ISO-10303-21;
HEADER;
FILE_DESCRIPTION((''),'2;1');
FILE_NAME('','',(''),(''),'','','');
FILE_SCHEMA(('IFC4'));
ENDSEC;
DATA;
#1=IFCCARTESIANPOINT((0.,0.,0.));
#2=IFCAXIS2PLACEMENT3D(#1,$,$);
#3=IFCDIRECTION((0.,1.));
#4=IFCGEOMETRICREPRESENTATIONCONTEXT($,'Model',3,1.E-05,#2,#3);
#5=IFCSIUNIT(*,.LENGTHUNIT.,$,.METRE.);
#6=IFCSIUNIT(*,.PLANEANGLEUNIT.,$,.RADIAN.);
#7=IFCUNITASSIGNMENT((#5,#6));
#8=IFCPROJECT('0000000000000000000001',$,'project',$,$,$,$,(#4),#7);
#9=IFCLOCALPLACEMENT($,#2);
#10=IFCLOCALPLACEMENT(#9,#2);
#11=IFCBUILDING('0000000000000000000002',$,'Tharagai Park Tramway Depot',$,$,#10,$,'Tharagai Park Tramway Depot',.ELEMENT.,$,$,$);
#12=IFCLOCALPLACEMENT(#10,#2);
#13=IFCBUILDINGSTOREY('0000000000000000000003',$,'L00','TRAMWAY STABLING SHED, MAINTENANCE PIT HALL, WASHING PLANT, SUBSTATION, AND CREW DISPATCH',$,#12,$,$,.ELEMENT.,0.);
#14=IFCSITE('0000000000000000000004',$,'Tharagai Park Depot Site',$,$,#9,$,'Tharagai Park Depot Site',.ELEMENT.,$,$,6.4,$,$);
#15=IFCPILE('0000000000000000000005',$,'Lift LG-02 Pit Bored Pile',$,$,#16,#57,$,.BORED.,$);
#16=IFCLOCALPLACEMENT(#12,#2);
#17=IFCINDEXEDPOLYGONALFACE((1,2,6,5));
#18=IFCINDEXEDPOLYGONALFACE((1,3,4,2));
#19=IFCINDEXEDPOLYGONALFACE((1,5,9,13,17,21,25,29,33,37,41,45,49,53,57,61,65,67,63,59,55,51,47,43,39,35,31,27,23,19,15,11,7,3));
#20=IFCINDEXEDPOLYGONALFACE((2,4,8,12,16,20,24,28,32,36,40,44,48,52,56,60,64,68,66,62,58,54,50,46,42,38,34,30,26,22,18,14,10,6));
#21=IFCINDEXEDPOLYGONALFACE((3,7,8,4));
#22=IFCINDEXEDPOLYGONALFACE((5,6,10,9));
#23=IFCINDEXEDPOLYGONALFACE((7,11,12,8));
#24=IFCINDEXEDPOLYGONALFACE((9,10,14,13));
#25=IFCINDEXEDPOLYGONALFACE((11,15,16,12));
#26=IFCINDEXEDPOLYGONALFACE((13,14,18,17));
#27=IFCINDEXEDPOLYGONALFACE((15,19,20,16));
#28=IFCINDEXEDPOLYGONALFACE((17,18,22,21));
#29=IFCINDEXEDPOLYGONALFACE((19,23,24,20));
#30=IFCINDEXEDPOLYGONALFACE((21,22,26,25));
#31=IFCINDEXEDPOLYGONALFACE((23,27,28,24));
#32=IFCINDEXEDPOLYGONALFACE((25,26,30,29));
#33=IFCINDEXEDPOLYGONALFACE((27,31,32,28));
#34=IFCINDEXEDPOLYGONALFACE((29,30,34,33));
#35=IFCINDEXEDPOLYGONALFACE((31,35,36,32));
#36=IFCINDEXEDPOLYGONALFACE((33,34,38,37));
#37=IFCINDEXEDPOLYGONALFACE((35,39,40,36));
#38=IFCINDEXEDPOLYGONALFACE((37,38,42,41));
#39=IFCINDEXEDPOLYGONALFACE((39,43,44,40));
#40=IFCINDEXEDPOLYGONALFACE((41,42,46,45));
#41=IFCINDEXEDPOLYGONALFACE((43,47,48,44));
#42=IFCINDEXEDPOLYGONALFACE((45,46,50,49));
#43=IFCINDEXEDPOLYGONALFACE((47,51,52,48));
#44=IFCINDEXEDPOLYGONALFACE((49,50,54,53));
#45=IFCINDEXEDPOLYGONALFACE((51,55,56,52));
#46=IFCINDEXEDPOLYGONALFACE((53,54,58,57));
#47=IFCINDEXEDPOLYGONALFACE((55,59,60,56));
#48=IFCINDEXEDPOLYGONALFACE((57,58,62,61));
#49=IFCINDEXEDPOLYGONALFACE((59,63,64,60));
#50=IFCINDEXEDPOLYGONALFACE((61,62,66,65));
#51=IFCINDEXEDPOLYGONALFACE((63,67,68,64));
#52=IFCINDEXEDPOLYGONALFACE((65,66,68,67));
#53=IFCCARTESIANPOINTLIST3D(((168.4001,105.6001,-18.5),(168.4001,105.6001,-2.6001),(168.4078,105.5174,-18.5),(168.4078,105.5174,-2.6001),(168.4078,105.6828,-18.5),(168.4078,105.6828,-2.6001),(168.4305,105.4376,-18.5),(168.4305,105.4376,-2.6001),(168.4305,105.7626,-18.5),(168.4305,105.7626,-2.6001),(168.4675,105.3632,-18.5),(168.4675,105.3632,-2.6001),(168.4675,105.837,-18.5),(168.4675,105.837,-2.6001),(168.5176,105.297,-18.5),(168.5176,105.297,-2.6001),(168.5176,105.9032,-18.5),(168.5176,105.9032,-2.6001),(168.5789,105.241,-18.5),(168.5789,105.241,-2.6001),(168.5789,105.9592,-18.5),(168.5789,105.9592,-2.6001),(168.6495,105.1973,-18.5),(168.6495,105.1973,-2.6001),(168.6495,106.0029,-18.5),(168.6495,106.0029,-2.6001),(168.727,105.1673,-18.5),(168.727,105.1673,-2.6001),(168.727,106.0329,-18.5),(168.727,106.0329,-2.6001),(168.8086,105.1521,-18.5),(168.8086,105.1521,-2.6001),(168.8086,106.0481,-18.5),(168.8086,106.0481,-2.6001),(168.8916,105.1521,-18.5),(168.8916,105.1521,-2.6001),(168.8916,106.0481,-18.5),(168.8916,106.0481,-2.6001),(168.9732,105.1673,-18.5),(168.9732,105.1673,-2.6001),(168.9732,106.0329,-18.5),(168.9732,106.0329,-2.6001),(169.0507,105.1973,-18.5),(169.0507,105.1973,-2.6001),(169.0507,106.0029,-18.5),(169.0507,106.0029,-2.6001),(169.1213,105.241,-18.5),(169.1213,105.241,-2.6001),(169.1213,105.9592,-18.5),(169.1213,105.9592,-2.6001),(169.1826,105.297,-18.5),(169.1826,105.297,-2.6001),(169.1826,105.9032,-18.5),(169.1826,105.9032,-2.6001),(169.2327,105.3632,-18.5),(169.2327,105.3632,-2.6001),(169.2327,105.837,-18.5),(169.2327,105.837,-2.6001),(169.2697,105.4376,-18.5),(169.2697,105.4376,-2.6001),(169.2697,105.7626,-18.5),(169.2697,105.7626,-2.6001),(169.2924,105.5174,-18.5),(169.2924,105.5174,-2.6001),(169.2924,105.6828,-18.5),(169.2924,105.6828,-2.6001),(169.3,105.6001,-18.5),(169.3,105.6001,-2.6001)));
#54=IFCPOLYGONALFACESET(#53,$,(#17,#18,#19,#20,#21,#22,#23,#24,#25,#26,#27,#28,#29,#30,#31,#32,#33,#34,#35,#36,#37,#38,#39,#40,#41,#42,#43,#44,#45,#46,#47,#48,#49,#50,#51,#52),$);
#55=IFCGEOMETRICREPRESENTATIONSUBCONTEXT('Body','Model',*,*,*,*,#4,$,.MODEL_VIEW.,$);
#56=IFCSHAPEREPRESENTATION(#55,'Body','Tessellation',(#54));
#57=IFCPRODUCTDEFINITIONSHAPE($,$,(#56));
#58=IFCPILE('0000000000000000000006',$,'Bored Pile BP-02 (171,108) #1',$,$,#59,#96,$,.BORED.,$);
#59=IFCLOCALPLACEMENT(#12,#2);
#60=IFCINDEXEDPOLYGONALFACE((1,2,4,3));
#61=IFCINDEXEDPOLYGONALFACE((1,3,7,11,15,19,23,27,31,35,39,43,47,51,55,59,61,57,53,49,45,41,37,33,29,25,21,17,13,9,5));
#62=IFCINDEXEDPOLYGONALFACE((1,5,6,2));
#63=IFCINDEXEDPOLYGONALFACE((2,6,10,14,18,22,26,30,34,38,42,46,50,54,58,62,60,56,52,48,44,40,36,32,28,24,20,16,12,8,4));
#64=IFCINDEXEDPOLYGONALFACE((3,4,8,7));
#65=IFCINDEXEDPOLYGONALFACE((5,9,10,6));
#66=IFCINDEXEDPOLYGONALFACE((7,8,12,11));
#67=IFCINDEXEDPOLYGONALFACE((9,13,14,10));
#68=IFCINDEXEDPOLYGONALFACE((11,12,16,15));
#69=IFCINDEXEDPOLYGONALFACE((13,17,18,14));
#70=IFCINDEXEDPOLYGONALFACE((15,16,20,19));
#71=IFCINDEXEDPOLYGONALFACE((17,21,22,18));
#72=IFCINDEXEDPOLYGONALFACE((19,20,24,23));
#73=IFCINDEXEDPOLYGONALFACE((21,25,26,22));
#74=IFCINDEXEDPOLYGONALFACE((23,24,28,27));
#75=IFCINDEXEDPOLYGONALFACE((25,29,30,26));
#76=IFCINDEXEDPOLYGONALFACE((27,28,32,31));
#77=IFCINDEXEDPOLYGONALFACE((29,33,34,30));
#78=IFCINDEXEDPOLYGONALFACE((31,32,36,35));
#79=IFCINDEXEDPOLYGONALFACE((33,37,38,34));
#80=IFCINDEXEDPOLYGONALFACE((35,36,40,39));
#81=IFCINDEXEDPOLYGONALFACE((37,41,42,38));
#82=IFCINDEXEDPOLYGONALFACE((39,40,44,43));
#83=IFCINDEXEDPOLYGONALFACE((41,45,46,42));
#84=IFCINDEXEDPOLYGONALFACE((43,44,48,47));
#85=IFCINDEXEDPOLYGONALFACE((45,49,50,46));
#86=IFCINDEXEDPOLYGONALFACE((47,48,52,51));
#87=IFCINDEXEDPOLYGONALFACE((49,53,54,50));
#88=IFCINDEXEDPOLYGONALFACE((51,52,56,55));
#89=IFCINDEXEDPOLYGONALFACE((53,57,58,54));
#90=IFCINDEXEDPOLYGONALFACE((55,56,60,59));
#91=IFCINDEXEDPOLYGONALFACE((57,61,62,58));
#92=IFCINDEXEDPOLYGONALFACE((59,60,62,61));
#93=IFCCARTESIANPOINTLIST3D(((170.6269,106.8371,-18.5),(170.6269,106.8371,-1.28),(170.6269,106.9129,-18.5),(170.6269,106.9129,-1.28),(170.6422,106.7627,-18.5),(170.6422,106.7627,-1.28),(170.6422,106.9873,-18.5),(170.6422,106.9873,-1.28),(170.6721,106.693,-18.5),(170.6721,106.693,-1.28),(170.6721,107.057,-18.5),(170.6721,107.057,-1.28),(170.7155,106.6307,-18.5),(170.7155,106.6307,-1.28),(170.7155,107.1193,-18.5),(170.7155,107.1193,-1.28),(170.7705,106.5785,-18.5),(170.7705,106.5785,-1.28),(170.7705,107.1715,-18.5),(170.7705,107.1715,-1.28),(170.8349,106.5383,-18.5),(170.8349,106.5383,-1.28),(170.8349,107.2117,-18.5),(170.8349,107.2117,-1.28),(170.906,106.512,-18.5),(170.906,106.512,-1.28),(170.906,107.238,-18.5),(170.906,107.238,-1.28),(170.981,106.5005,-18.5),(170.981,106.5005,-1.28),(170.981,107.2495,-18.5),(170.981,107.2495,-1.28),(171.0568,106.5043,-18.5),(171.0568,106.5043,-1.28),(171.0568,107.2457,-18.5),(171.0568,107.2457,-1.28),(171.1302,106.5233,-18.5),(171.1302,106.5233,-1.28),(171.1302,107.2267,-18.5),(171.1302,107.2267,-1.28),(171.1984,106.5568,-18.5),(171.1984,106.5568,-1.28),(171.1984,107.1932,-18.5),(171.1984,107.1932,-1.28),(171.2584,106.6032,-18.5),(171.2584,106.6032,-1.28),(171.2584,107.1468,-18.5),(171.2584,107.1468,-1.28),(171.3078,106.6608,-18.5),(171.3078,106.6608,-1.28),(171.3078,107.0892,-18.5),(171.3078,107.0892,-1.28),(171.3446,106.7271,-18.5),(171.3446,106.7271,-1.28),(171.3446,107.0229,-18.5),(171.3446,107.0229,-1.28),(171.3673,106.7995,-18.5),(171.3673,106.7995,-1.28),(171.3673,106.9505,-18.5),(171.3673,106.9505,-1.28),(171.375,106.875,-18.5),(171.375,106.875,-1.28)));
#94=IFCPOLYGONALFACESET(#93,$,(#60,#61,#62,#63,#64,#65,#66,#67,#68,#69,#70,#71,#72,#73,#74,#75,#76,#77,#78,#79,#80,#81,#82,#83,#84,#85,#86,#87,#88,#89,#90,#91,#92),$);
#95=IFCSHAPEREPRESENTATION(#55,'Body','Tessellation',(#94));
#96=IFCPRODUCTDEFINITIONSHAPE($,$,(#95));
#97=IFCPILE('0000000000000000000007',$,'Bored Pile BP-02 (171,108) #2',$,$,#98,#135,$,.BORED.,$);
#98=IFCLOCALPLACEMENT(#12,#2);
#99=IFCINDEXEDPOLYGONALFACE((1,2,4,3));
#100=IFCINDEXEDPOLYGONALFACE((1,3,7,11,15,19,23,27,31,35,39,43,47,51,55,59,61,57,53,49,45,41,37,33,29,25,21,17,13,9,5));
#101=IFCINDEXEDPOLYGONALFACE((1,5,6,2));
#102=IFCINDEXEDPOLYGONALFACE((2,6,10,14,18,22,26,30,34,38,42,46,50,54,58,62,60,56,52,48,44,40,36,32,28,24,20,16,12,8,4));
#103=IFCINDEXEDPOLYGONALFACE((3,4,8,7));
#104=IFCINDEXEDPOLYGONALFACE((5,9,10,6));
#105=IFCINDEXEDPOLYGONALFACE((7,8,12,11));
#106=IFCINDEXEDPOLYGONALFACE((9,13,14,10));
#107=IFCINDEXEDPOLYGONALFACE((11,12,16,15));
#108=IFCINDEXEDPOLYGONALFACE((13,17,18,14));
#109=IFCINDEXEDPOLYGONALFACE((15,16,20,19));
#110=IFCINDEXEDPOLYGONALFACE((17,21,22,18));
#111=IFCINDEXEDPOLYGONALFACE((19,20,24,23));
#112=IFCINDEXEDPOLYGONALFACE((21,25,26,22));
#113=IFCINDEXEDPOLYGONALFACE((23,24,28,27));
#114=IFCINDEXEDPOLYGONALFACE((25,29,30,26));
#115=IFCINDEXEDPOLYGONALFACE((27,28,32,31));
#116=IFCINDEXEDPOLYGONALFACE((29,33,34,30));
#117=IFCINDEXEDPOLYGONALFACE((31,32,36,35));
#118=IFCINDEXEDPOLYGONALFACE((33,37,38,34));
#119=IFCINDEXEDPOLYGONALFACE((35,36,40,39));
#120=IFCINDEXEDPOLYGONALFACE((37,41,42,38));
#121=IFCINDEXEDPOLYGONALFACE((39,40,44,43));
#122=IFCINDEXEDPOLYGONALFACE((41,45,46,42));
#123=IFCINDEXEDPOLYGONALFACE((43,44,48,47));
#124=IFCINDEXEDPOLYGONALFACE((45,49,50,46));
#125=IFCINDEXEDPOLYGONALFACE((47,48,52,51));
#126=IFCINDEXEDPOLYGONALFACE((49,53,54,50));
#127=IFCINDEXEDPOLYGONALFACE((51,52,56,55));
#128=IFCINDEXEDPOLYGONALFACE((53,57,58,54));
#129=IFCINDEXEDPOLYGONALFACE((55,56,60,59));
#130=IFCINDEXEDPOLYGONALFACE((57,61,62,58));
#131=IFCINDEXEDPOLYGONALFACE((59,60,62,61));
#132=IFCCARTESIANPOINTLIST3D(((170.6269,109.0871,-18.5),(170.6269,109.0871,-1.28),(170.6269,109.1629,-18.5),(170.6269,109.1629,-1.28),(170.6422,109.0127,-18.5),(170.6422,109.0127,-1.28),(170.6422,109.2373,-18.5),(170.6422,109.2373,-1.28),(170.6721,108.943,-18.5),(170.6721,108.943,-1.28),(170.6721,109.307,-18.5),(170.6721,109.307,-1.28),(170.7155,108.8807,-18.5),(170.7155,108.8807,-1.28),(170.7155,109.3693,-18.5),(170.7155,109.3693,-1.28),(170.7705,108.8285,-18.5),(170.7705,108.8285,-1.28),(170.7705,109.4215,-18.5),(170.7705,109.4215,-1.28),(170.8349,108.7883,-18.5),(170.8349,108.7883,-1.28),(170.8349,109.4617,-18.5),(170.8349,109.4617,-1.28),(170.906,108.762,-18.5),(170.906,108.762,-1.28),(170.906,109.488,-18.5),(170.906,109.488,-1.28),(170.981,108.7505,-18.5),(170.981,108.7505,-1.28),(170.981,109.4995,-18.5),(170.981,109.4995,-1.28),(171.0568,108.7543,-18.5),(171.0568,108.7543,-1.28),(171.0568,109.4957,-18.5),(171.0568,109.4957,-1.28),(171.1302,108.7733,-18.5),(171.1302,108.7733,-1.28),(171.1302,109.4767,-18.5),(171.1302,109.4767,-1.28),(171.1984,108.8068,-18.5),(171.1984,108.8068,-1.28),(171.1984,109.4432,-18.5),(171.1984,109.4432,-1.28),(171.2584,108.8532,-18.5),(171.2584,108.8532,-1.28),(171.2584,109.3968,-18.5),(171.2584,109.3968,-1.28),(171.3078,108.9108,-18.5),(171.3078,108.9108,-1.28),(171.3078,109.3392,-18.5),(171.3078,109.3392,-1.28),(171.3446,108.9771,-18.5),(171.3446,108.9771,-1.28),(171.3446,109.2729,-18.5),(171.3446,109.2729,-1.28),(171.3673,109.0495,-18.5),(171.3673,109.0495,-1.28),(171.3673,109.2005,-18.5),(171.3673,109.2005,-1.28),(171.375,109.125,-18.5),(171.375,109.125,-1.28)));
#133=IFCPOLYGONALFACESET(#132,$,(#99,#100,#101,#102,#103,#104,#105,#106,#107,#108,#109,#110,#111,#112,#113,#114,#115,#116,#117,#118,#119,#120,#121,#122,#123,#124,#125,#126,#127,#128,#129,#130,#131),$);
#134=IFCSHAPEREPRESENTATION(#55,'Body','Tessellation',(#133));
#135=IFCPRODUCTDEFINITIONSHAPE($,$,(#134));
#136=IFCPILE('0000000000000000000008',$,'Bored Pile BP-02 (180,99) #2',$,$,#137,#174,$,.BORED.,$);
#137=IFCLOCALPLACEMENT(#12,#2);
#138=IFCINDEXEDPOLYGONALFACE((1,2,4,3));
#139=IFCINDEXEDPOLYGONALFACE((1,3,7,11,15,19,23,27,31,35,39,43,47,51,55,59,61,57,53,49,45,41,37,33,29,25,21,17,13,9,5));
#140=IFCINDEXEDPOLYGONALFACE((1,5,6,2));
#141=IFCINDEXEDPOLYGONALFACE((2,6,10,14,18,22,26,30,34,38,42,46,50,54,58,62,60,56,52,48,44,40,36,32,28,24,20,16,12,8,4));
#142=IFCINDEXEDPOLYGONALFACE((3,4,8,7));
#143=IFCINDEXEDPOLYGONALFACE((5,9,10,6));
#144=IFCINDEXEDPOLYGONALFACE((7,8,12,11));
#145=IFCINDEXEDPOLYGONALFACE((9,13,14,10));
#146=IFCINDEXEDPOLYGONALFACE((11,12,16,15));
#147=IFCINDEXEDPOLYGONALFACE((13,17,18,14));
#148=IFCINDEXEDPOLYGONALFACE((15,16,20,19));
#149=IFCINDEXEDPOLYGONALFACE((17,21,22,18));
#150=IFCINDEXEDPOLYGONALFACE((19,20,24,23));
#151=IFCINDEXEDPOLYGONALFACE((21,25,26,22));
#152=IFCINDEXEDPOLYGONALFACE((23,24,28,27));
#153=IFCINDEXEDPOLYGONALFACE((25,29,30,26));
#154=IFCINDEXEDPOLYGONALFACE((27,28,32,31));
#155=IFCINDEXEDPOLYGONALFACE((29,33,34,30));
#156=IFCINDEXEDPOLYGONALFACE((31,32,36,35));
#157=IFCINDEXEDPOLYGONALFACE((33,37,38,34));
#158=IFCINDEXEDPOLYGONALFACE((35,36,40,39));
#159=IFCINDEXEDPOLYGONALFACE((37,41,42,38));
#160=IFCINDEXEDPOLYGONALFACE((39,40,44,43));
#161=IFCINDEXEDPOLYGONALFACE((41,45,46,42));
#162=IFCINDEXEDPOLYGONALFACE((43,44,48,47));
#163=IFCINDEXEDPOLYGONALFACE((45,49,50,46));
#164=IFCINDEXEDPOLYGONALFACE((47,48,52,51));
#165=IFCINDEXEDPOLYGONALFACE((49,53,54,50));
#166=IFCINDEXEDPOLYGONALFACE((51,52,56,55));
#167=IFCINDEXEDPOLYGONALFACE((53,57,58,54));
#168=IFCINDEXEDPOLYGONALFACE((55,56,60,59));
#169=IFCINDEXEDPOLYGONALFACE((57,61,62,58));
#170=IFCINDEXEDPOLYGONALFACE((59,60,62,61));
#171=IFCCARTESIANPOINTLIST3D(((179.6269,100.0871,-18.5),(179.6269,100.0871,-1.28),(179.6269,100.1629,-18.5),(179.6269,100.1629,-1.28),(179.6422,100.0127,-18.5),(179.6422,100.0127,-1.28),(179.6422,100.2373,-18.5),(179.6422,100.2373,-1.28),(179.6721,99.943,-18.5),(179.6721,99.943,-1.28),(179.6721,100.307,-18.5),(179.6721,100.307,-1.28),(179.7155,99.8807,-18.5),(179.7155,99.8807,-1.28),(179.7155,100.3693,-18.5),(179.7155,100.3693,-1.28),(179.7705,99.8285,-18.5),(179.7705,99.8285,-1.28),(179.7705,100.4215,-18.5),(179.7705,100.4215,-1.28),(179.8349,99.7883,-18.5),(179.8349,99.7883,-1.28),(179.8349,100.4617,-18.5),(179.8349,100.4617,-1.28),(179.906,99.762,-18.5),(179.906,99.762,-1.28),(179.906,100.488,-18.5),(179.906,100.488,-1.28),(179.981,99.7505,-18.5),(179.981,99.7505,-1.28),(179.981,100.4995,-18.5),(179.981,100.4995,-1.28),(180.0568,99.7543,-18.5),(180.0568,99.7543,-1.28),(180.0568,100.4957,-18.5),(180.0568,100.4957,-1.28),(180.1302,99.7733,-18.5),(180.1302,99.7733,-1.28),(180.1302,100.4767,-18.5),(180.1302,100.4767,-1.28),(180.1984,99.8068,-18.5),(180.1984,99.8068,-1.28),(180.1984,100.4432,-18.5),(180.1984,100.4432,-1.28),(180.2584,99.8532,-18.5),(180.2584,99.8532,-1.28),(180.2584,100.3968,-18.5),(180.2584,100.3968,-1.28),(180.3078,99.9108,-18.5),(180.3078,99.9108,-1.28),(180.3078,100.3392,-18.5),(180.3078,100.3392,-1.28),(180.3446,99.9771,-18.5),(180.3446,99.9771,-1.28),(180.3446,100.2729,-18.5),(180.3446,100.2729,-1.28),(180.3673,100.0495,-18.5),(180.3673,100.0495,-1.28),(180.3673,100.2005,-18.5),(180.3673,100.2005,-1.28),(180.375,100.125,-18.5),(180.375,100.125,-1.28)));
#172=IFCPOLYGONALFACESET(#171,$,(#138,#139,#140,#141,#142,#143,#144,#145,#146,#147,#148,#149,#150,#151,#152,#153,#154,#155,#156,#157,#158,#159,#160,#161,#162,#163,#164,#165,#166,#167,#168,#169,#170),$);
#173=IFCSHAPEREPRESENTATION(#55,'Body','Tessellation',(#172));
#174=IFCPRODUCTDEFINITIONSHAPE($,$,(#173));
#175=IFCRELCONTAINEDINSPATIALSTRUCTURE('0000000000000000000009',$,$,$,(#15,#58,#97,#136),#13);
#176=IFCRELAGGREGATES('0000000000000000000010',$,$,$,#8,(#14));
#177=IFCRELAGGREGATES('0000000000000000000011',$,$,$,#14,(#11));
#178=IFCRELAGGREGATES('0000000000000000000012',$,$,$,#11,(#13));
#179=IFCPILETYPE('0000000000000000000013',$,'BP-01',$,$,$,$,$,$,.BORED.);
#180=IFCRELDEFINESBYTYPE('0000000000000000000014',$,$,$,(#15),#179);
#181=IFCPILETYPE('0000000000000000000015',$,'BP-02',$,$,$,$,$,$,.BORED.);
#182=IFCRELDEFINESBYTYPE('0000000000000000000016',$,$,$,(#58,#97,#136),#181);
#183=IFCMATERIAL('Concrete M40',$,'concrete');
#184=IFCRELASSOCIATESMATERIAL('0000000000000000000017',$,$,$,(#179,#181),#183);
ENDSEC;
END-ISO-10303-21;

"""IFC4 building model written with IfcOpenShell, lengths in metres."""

from ifc_helpers import new_model, si_unit, direction, frame, origin, origin_2d, place, context, subcontext, project, spatial, circle, extrude, material, material_profile, profile_set, type_object, element, save


model = new_model("IFC4")

# Units and contexts
model_context = context("Model", 3, precision=1e-05, world=origin(), true_north=direction((0.0, 1.0)))
body_context = subcontext(model_context, "Body", "Model", "MODEL_VIEW")
ifc_project = project(units=[si_unit("LENGTHUNIT", "METRE"), si_unit("PLANEANGLEUNIT", "RADIAN")], contexts=[model_context])

# Site, building, storey
site_placement = place(None, origin())
site = spatial("IfcSite", under=ifc_project, at=site_placement, Name="Tharagai Park Depot Site", LongName="Tharagai Park Depot Site", CompositionType="ELEMENT", RefElevation=6.4)
building_placement = place(site_placement, origin())
building = spatial("IfcBuilding", under=site, at=building_placement, Name="Tharagai Park Tramway Depot", LongName="Tharagai Park Tramway Depot", CompositionType="ELEMENT")
storey_placement = place(building_placement, origin())
storey = spatial("IfcBuildingStorey", under=building, at=storey_placement, Name="L00", Description="TRAMWAY STABLING SHED, MAINTENANCE PIT HALL, WASHING PLANT, SUBSTATION, AND CREW DISPATCH", CompositionType="ELEMENT", Elevation=0.0)

# Piles
ifc_material_1 = material(Name="Concrete M40", Category="concrete")
ifc_material_profile_1 = material_profile(ifc_material_1, circle(Radius=0.45, at=origin_2d()), Name="PILE D900")
ifc_profile_set_1 = profile_set([ifc_material_profile_1], Name="Concrete M40")
pile_type_1 = type_object("IfcPileType", Name="BP-01", PredefinedType="BORED", material=ifc_profile_set_1)
pile_1_placement = place(storey_placement, frame((168.8501, 105.6001, -2.6001), z_axis=(0.0, 0.0, -1.0), x_axis=(1.0, 0.0, 0.0)))
element("IfcPile", 1, at=pile_1_placement, inside=storey, type_object=pile_type_1, Name="Lift LG-02 Pit Bored Pile", PredefinedType="BORED", context=body_context, shape_type="SweptSolid", body=[
    extrude(circle(Radius=0.45, at=origin_2d()), origin(), (0.0, 0.0, 1.0), 15.8999),
])
ifc_material_profile_2 = material_profile(ifc_material_1, circle(Radius=0.375, at=origin_2d()), Name="PILE D750")
ifc_profile_set_2 = profile_set([ifc_material_profile_2], Name="Concrete M40")
pile_type_2 = type_object("IfcPileType", Name="BP-02", PredefinedType="BORED", material=ifc_profile_set_2)
for number, where, z_axis, x_axis, name in (
    (2, (171.0, 106.875, -1.28), (0.0, 0.0, -1.0), (1.0, 0.0, 0.0), "Bored Pile BP-02 (171,108) #1"),
    (3, (171.0, 109.125, -1.28), (0.0, 0.0, -1.0), (1.0, 0.0, 0.0), "Bored Pile BP-02 (171,108) #2"),
    (4, (180.0, 100.125, -1.28), (0.0, 0.0, -1.0), (1.0, 0.0, 0.0), "Bored Pile BP-02 (180,99) #2"),
):
    element("IfcPile", number, at=place(storey_placement, frame(where, z_axis=z_axis, x_axis=x_axis)), inside=storey, type_object=pile_type_2, Name=name, PredefinedType="BORED", context=body_context, shape_type="SweptSolid", body=[
        extrude(circle(Radius=0.375, at=origin_2d()), origin(), (0.0, 0.0, 1.0), 17.22),
    ])

save(model, "model.ifc")
